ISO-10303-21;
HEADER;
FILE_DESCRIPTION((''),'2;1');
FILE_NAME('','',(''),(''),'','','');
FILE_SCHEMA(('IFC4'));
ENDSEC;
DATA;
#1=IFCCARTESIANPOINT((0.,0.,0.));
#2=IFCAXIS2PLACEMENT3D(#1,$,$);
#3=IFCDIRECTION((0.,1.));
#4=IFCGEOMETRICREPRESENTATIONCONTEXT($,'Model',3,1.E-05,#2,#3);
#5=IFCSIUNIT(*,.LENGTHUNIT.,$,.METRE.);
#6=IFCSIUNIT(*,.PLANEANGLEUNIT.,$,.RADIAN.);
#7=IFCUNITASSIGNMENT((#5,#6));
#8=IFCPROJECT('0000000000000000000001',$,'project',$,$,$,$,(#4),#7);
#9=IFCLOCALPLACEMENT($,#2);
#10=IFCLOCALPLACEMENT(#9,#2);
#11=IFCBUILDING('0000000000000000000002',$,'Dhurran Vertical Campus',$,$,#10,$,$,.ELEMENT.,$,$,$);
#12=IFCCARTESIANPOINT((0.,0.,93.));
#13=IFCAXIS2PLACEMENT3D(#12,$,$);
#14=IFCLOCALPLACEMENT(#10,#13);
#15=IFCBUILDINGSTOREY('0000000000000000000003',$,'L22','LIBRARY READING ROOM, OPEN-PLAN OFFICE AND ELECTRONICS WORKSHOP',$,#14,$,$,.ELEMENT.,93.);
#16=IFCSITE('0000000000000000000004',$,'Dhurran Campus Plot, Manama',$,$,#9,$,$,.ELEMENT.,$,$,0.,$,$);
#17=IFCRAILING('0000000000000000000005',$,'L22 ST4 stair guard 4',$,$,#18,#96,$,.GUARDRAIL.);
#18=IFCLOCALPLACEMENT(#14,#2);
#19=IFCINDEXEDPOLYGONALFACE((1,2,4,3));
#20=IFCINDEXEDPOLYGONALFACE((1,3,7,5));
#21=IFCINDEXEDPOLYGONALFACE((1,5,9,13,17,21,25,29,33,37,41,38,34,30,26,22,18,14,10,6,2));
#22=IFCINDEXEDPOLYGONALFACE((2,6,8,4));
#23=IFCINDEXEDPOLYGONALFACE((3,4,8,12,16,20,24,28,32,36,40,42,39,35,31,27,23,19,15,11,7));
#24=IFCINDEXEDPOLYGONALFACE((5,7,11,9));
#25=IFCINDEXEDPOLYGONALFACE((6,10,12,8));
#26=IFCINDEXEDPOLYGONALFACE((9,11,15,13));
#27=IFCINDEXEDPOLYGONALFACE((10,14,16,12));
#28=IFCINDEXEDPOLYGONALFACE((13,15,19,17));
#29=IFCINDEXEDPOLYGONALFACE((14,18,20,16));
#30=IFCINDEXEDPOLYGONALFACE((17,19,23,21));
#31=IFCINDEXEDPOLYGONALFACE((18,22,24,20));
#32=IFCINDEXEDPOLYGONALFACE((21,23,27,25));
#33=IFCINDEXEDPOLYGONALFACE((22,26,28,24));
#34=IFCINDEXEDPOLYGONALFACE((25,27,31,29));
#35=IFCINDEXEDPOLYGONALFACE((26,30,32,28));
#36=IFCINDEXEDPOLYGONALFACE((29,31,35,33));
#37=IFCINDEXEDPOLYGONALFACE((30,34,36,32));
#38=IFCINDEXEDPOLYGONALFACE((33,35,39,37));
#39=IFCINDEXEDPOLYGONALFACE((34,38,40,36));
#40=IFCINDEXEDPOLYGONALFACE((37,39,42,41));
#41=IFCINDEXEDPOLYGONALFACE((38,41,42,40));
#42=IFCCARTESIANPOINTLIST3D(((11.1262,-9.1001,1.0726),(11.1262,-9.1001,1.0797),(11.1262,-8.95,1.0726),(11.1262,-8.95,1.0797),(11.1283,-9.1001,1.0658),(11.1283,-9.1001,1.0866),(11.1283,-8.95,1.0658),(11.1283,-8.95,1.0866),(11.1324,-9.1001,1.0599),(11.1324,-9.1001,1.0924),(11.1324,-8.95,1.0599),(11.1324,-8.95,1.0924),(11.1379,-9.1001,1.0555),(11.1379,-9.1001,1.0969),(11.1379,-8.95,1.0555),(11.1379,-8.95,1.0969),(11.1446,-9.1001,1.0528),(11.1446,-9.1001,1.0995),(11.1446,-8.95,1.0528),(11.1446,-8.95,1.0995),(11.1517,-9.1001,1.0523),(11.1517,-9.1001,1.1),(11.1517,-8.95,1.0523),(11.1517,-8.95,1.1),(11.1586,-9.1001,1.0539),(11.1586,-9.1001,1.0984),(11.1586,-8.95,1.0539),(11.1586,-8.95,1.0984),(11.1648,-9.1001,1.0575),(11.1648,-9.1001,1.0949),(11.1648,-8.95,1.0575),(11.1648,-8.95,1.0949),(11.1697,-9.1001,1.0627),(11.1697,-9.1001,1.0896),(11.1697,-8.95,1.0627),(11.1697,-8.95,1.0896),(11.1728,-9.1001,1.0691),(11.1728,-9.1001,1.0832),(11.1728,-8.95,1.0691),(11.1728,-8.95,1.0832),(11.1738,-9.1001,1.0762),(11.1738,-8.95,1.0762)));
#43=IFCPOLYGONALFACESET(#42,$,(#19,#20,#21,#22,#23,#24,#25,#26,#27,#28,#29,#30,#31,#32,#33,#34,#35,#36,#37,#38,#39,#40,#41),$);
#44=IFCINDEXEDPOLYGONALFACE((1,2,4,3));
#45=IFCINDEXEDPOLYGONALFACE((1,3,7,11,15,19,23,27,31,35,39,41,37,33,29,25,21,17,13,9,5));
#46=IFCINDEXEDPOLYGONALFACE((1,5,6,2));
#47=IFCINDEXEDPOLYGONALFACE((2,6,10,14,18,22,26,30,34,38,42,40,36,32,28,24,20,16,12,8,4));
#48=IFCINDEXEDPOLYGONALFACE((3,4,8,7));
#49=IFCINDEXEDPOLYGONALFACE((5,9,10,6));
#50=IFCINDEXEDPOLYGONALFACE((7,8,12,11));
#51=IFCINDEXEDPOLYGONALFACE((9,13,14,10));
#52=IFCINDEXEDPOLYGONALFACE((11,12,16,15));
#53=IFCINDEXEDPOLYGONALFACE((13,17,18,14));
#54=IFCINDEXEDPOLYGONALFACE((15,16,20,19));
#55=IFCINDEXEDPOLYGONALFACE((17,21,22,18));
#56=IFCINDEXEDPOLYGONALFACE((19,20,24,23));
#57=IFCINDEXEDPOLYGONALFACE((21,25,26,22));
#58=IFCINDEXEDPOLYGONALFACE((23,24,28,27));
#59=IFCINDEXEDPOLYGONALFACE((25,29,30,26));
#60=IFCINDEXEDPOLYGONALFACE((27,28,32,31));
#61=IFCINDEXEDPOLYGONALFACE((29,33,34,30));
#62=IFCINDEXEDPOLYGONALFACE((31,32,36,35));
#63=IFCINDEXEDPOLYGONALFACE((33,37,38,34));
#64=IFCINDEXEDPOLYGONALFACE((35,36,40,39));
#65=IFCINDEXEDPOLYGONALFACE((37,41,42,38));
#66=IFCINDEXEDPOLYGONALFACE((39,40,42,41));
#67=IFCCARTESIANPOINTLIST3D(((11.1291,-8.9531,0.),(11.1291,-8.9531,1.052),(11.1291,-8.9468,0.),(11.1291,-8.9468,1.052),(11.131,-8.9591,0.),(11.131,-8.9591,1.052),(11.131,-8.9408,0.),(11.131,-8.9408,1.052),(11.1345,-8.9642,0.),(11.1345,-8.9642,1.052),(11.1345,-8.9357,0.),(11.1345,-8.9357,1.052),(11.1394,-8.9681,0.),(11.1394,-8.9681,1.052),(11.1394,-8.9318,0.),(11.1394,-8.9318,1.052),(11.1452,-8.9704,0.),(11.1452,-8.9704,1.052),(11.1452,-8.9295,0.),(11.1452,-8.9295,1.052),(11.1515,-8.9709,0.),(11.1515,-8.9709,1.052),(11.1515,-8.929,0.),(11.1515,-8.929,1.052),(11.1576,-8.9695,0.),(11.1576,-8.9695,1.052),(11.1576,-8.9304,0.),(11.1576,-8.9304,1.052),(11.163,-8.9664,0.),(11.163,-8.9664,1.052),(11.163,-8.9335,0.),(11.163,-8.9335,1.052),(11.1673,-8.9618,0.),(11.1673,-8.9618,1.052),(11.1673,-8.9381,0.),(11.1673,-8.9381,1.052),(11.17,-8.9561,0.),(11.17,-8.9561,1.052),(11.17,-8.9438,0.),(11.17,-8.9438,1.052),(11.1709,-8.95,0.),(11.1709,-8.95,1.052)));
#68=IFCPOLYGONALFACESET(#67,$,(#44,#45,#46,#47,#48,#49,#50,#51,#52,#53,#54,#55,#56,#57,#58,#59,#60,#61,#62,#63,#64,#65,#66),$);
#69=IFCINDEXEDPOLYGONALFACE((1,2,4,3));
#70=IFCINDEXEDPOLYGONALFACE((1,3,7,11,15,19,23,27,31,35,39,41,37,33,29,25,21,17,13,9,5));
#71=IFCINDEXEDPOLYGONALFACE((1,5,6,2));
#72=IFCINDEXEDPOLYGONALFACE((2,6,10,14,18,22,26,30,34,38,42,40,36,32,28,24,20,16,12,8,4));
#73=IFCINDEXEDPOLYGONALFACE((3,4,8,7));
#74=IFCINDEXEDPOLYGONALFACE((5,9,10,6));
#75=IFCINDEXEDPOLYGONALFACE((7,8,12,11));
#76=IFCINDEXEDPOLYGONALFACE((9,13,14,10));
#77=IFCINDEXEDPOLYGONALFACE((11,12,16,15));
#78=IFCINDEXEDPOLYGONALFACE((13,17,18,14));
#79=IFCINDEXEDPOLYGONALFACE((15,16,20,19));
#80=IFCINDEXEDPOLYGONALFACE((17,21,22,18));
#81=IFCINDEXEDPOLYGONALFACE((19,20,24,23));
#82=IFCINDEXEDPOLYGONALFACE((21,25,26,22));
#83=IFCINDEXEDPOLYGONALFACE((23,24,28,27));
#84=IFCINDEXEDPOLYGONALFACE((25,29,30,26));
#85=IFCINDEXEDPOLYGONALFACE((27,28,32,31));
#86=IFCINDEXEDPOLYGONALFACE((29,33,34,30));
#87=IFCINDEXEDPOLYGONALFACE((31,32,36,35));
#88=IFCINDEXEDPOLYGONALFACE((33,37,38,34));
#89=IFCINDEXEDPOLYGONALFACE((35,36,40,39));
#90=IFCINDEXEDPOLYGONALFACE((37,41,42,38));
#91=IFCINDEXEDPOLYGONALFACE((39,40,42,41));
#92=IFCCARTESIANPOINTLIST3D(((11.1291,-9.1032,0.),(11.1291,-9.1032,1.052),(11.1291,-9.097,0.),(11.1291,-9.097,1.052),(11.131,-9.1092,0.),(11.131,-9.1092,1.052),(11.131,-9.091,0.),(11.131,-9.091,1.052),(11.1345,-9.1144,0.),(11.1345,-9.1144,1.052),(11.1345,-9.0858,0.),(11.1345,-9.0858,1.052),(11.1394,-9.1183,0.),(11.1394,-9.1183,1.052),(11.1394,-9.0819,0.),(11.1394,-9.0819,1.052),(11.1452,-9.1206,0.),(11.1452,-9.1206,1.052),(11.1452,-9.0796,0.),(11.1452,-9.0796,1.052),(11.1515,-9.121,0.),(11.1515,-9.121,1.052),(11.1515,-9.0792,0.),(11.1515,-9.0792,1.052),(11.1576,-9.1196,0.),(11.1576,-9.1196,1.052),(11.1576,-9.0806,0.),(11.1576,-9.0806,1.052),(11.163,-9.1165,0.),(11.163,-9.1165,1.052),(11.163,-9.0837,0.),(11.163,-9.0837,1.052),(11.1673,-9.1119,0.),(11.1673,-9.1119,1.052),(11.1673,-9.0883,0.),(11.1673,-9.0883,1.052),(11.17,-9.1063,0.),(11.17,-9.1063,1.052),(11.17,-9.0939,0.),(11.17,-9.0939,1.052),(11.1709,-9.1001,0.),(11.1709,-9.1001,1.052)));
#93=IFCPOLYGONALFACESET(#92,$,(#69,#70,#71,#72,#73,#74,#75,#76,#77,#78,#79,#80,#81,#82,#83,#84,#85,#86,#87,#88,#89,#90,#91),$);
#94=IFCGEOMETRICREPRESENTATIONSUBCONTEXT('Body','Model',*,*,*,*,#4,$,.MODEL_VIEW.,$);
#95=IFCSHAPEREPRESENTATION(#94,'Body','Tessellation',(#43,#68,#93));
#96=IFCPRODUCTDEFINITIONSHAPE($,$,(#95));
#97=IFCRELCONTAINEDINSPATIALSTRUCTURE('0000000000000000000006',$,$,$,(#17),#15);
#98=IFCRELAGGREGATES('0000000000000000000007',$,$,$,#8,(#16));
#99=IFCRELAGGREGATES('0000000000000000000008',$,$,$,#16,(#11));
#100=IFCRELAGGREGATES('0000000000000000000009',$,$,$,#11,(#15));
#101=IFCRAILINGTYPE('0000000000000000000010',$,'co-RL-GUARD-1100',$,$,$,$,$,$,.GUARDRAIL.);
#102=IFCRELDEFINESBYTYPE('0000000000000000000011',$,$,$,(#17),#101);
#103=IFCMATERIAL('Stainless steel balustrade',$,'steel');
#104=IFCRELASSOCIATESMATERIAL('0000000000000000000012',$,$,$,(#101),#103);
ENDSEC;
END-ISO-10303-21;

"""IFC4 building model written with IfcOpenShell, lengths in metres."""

from ifc_helpers import new_model, si_unit, direction, frame, origin, origin_2d, place, context, subcontext, project, spatial, circle, extrude, material, type_object, element, save


model = new_model("IFC4")

# Units and contexts
model_context = context("Model", 3, precision=1e-05, world=origin(), true_north=direction((0.0, 1.0)))
body_context = subcontext(model_context, "Body", "Model", "MODEL_VIEW")
ifc_project = project(units=[si_unit("LENGTHUNIT", "METRE"), si_unit("PLANEANGLEUNIT", "RADIAN")], contexts=[model_context])

# Site, building, storey
site_placement = place(None, origin())
site = spatial("IfcSite", under=ifc_project, at=site_placement, Name="Dhurran Campus Plot, Manama", CompositionType="ELEMENT", RefElevation=0.0)
building_placement = place(site_placement, origin())
building = spatial("IfcBuilding", under=site, at=building_placement, Name="Dhurran Vertical Campus", CompositionType="ELEMENT")
storey_placement = place(building_placement, frame((0.0, 0.0, 93.0)))
storey = spatial("IfcBuildingStorey", under=building, at=storey_placement, Name="L22", Description="LIBRARY READING ROOM, OPEN-PLAN OFFICE AND ELECTRONICS WORKSHOP", CompositionType="ELEMENT", Elevation=93.0)

# Railing
ifc_material_1 = material(Name="Stainless steel balustrade", Category="steel")
railing_type_1 = type_object("IfcRailingType", Name="co-RL-GUARD-1100", PredefinedType="GUARDRAIL", material=ifc_material_1)
railing_1_placement = place(storey_placement, frame((11.1499, -8.95, 0.0)))
element("IfcRailing", 1, at=railing_1_placement, inside=storey, type_object=railing_type_1, Name="L22 ST4 stair guard 4", PredefinedType="GUARDRAIL", context=body_context, shape_type="SweptSolid", body=[
    extrude(circle(Radius=0.0239, at=origin_2d()), frame((0.0, 0.0, 1.0762), z_axis=(0.0, -1.0, 0.0), x_axis=(1.0, 0.0, 0.0)), (0.0, 0.0, 1.0), 0.1501),
    extrude(circle(Radius=0.021, at=origin_2d()), origin(), (0.0, 0.0, 1.0), 1.052),
    extrude(circle(Radius=0.021, at=origin_2d()), frame((0.0, -0.1501, 0.0)), (0.0, 0.0, 1.0), 1.052),
])

save(model, "model.ifc")
